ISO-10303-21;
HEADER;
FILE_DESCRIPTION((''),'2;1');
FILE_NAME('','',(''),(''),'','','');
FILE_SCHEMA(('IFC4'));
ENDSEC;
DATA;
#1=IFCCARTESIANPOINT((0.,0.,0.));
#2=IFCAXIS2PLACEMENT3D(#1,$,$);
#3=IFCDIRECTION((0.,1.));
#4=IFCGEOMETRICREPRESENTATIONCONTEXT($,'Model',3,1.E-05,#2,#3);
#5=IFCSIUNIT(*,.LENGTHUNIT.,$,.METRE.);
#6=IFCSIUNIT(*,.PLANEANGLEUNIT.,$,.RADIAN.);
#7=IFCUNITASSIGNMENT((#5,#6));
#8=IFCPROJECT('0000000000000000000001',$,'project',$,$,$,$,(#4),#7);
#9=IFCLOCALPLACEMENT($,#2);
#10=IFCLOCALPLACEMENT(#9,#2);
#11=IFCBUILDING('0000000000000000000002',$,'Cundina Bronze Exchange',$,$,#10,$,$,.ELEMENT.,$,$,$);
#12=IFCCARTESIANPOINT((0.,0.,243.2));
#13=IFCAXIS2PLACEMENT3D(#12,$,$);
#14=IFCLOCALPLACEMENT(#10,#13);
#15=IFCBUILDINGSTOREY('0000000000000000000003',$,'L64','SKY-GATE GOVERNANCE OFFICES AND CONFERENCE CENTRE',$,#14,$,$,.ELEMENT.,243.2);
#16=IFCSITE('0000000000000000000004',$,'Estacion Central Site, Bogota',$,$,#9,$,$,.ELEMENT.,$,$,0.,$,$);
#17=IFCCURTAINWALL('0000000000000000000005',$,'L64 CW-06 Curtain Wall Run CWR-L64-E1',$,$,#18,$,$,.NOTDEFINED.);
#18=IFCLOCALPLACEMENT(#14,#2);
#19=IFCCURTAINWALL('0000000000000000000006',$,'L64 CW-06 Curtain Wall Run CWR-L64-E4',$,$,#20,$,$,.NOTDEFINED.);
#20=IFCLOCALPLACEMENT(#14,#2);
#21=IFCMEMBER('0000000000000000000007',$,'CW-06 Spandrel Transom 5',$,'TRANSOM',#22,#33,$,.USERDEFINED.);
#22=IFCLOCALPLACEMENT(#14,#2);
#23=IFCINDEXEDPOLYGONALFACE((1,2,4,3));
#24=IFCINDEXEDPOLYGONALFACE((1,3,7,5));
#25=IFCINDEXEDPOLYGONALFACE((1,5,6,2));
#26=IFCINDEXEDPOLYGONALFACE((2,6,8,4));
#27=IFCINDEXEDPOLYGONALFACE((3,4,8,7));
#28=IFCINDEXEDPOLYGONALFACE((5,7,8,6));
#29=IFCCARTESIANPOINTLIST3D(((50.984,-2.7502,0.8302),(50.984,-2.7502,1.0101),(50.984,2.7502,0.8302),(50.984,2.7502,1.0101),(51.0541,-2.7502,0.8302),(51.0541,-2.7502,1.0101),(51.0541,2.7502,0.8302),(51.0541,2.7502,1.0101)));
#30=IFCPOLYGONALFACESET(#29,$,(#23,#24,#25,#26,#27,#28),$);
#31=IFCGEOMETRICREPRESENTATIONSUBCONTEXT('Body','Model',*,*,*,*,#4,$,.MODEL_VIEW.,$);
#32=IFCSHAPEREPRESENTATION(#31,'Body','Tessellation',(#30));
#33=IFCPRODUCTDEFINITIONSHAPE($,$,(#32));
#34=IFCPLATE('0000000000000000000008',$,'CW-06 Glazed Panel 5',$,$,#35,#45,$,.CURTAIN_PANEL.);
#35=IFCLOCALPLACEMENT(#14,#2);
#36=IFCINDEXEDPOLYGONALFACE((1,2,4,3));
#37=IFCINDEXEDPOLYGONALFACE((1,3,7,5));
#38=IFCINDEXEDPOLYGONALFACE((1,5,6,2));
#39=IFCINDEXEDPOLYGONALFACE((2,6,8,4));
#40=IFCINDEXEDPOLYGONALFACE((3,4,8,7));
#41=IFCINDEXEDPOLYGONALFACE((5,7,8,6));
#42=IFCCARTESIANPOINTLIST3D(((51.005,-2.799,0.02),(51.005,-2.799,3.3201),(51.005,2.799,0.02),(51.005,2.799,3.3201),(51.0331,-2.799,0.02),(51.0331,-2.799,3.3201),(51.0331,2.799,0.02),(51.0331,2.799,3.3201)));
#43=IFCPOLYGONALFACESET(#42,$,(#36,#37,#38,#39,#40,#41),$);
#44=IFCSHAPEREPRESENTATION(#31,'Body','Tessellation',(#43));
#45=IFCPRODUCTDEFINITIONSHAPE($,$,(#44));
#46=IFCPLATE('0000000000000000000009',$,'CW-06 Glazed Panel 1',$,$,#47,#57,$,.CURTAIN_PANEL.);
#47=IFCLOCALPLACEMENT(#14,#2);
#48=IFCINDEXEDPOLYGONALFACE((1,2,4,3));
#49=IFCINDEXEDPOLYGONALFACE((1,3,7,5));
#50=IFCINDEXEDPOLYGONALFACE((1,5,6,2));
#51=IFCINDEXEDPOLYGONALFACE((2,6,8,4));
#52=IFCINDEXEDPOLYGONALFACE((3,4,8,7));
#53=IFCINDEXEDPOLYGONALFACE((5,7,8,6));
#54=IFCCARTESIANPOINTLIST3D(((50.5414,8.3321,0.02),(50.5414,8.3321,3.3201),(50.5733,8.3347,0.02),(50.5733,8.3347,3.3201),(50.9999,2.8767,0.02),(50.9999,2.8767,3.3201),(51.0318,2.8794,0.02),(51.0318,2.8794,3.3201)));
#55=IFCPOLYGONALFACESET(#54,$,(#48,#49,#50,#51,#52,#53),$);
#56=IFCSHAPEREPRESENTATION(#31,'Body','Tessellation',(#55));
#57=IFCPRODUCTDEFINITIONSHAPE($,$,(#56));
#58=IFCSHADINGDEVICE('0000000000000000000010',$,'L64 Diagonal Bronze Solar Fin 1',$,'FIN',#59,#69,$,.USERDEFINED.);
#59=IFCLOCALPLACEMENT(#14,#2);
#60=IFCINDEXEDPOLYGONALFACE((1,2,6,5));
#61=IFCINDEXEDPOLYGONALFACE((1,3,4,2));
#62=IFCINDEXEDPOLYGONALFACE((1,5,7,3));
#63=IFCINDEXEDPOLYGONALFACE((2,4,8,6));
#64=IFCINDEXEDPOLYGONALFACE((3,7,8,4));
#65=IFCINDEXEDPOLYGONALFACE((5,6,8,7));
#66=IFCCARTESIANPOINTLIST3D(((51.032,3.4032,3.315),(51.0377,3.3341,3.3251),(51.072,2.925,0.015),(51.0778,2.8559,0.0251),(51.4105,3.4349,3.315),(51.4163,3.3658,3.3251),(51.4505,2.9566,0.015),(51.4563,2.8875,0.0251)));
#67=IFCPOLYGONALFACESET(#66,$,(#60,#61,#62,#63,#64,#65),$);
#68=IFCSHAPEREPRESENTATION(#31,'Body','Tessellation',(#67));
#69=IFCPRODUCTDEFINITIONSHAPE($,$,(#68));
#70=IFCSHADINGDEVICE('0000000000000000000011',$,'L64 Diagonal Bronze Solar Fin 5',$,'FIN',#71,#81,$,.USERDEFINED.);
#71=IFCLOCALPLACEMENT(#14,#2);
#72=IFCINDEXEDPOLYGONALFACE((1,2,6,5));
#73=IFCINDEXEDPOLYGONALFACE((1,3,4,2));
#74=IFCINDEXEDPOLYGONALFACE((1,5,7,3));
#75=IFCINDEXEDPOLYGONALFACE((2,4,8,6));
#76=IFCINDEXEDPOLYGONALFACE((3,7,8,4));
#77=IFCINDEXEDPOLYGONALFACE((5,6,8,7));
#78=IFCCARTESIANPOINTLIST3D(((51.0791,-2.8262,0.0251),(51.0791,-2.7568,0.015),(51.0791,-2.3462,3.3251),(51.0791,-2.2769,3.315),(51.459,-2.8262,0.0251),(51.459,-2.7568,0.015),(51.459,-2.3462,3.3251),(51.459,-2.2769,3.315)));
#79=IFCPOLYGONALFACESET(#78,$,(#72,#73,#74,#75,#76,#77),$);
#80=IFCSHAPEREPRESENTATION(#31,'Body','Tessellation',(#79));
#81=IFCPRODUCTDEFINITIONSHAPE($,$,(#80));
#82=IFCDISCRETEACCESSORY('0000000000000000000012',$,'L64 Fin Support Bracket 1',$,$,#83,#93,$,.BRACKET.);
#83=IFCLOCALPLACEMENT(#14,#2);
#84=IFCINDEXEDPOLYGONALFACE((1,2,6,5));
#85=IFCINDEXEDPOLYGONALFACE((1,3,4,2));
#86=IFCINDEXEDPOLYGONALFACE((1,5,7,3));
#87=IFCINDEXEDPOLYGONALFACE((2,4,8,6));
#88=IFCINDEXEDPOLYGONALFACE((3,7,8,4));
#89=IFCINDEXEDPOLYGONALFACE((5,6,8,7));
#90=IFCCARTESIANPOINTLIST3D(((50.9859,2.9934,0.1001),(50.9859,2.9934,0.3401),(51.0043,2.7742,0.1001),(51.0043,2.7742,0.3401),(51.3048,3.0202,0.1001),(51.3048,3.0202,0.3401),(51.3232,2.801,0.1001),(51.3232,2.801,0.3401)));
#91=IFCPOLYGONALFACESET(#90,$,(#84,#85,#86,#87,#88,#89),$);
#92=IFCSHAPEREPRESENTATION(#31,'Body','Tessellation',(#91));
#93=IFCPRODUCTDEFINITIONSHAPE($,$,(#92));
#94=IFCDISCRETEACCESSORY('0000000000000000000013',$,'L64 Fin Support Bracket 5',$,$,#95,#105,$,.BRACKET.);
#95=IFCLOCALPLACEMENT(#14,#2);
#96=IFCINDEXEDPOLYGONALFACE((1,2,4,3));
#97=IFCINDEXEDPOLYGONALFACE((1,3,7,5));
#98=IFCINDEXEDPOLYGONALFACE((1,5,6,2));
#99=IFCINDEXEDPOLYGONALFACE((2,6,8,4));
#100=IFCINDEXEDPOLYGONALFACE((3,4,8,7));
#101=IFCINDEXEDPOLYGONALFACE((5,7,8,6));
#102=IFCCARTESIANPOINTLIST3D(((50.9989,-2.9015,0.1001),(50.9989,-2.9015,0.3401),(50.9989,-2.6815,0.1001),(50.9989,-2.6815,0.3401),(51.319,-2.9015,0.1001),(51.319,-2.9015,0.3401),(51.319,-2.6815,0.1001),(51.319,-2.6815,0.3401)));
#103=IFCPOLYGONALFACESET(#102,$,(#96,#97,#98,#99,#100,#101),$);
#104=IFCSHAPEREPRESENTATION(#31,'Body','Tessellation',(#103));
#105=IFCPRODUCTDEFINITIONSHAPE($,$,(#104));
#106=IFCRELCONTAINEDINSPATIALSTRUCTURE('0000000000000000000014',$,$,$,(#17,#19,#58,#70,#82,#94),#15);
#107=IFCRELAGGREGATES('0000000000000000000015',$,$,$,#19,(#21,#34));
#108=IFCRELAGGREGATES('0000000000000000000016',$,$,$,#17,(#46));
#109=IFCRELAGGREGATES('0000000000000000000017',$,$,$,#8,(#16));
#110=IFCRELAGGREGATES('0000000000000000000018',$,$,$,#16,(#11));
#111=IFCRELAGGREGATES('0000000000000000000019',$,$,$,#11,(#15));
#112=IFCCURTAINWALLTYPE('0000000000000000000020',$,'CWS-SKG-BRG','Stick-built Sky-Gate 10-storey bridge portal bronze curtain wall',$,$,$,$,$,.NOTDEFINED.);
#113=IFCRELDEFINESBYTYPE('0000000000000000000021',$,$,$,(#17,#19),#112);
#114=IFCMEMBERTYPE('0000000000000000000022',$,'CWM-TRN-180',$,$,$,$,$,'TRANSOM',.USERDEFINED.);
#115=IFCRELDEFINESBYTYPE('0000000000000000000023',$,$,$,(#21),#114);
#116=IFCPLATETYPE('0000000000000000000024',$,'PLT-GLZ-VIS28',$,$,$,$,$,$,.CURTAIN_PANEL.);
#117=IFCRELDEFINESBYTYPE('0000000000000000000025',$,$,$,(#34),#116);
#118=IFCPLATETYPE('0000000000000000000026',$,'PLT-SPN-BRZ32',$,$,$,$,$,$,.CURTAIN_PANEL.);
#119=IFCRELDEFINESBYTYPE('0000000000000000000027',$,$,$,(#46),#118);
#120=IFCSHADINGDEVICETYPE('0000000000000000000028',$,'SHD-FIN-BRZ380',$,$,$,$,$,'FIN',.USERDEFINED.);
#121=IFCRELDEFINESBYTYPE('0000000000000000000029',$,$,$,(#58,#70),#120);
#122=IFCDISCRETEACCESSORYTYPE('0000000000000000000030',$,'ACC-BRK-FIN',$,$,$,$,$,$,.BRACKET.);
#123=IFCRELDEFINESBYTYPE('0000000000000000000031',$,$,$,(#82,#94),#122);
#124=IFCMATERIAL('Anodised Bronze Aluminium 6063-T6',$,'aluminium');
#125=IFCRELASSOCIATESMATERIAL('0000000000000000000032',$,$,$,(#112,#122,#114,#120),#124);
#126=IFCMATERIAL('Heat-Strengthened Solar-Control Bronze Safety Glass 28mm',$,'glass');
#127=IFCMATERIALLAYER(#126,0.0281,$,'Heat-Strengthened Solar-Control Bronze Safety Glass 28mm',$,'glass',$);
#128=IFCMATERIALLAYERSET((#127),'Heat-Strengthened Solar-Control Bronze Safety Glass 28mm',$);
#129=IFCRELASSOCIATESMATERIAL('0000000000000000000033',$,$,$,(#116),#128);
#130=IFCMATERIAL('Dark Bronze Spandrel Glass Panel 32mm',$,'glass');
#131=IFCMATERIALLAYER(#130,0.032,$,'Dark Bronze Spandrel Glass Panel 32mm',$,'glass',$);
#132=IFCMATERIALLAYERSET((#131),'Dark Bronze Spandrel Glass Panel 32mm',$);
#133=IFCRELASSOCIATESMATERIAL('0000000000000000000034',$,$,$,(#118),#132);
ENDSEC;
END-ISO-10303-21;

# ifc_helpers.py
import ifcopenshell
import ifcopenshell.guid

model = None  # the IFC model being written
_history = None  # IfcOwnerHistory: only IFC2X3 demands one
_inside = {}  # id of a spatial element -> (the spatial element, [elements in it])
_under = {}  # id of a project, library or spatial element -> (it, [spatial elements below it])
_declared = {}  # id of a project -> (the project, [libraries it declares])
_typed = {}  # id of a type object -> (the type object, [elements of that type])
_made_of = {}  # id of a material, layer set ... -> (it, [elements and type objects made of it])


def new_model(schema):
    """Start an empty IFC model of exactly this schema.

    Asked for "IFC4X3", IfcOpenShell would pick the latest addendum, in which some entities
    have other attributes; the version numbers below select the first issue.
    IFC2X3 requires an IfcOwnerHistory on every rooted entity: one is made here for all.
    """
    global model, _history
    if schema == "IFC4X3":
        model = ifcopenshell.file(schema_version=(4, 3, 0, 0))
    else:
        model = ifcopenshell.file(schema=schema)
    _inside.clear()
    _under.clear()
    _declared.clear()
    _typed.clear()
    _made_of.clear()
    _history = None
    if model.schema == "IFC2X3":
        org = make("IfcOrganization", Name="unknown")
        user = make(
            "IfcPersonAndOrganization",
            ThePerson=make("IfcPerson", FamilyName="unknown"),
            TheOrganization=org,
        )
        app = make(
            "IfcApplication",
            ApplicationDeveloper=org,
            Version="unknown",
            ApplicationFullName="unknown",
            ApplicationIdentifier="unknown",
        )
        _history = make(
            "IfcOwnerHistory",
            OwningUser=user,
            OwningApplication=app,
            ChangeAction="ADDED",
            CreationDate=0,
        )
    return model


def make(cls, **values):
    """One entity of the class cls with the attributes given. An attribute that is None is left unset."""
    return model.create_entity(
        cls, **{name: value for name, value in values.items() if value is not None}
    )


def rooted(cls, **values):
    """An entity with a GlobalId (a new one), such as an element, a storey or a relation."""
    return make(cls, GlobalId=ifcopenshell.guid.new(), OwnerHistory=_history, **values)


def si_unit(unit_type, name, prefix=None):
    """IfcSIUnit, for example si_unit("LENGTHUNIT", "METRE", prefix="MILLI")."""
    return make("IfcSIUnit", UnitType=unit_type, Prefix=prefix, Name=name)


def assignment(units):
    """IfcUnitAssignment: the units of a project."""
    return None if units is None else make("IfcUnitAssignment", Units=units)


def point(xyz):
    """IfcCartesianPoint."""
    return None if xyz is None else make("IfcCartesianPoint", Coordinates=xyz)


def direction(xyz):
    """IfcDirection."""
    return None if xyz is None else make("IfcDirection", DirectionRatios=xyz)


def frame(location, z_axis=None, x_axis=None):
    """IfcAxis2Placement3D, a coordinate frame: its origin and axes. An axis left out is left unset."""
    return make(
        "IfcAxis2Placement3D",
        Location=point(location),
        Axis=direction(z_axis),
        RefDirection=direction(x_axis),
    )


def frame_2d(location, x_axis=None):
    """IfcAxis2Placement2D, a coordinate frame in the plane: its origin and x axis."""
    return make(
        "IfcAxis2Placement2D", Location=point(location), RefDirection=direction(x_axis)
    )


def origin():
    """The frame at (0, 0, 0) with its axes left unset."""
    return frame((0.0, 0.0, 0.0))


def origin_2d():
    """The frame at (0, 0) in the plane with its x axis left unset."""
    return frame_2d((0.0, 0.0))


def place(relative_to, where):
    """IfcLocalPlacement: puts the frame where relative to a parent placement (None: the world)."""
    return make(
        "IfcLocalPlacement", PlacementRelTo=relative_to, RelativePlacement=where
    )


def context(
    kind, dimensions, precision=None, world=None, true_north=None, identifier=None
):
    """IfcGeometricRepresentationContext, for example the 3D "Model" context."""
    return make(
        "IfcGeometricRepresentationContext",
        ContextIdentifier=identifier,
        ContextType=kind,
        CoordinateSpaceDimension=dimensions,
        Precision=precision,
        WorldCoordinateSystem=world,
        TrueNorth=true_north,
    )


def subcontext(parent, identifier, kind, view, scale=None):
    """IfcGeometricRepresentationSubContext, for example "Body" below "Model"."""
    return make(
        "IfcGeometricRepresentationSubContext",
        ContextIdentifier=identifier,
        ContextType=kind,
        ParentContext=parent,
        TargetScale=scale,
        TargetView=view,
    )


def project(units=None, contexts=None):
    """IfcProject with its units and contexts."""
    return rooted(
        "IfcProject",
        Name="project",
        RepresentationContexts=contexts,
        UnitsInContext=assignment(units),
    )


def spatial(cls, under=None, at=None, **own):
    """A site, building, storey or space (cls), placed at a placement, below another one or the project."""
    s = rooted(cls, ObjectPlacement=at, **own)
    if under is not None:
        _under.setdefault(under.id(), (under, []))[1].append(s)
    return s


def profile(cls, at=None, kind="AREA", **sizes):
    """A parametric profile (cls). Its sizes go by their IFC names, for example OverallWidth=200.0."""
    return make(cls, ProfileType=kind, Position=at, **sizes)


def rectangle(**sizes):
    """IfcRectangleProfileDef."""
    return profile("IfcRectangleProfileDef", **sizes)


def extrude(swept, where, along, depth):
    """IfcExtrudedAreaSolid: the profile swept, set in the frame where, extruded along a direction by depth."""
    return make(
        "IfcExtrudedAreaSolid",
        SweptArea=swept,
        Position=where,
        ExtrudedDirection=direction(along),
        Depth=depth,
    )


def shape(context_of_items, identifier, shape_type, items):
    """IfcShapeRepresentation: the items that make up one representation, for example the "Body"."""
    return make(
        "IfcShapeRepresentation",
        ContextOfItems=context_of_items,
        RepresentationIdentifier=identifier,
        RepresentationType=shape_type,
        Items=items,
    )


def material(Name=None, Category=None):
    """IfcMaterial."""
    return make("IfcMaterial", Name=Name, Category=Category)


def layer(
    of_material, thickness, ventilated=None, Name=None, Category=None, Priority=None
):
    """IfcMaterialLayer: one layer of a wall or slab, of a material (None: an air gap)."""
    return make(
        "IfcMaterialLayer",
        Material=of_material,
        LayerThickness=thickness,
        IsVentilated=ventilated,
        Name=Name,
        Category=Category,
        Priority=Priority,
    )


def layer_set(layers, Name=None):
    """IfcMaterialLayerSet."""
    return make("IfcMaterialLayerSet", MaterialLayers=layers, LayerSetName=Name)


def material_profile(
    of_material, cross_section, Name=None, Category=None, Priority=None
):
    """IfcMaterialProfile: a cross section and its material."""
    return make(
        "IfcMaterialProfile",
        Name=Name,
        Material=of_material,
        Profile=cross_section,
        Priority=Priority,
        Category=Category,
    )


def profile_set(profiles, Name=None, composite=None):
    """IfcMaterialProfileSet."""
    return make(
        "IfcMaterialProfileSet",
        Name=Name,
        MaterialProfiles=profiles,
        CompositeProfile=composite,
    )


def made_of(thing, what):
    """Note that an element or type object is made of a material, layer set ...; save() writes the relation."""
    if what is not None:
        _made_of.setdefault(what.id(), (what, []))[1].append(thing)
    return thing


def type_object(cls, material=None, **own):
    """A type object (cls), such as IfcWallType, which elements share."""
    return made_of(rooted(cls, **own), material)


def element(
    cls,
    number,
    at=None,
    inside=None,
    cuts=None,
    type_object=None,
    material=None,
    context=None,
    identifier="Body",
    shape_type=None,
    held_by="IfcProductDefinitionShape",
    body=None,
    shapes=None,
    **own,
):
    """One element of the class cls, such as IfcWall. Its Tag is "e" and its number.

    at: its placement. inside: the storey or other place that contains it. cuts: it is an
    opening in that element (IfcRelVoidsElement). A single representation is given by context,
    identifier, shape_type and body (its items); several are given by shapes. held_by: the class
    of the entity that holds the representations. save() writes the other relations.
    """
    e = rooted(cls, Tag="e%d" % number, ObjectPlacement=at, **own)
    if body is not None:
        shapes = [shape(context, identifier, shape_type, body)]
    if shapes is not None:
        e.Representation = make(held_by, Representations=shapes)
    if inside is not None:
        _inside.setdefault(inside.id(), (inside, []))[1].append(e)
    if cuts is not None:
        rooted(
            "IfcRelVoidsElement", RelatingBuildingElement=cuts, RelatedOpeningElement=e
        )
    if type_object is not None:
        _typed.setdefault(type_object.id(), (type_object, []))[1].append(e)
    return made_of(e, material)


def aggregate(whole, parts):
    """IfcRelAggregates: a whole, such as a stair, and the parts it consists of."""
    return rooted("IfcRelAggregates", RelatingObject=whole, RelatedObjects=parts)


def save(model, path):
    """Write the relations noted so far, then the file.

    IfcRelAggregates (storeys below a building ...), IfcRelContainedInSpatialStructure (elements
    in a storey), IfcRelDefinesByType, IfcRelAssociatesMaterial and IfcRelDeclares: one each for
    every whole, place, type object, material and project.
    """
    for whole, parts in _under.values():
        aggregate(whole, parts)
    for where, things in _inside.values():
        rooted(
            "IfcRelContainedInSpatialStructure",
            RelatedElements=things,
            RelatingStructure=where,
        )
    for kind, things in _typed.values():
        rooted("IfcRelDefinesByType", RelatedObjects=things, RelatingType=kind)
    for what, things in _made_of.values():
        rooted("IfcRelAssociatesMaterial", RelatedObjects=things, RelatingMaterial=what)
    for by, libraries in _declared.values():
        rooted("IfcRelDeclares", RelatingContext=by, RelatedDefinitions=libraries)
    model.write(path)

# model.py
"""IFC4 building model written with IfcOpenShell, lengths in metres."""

from ifc_helpers import new_model, si_unit, direction, frame, origin, origin_2d, place, context, subcontext, project, spatial, rectangle, extrude, material, layer, layer_set, material_profile, profile_set, type_object, element, aggregate, save


model = new_model("IFC4")

# Units and contexts
model_context = context("Model", 3, precision=1e-05, world=origin(), true_north=direction((0.0, 1.0)))
body_context = subcontext(model_context, "Body", "Model", "MODEL_VIEW")
ifc_project = project(units=[si_unit("LENGTHUNIT", "METRE"), si_unit("PLANEANGLEUNIT", "RADIAN")], contexts=[model_context])

# Site, building, storey
site_placement = place(None, origin())
site = spatial("IfcSite", under=ifc_project, at=site_placement, Name="Estacion Central Site, Bogota", CompositionType="ELEMENT", RefElevation=0.0)
building_placement = place(site_placement, origin())
building = spatial("IfcBuilding", under=site, at=building_placement, Name="Cundina Bronze Exchange", CompositionType="ELEMENT")
storey_placement = place(building_placement, frame((0.0, 0.0, 243.2)))
storey = spatial("IfcBuildingStorey", under=building, at=storey_placement, Name="L64", Description="SKY-GATE GOVERNANCE OFFICES AND CONFERENCE CENTRE", CompositionType="ELEMENT", Elevation=243.2)

# Curtain walls
ifc_material_1 = material(Name="Anodised Bronze Aluminium 6063-T6", Category="aluminium")
curtain_wall_type = type_object("IfcCurtainWallType", Name="CWS-SKG-BRG", Description="Stick-built Sky-Gate 10-storey bridge portal bronze curtain wall", PredefinedType="NOTDEFINED", material=ifc_material_1)
curtain_wall_1_placement = place(storey_placement, origin())
curtain_wall_1 = element("IfcCurtainWall", 1, at=curtain_wall_1_placement, inside=storey, type_object=curtain_wall_type, Name="L64 CW-06 Curtain Wall Run CWR-L64-E1", PredefinedType="NOTDEFINED")
curtain_wall_2_placement = place(storey_placement, origin())
curtain_wall_2 = element("IfcCurtainWall", 2, at=curtain_wall_2_placement, inside=storey, type_object=curtain_wall_type, Name="L64 CW-06 Curtain Wall Run CWR-L64-E4", PredefinedType="NOTDEFINED")

# Member
ifc_material_profile_1 = material_profile(ifc_material_1, rectangle(XDim=0.0701, YDim=0.1799, at=origin_2d()), Name="AL70X180", Category="aluminium")
ifc_profile_set_1 = profile_set([ifc_material_profile_1], Name="Anodised Bronze Aluminium 6063-T6")
member_type_1 = type_object("IfcMemberType", Name="CWM-TRN-180", ElementType="TRANSOM", PredefinedType="USERDEFINED", material=ifc_profile_set_1)
member_1_placement = place(storey_placement, frame((51.019, -2.7502, 0.9202), z_axis=(0.0, 1.0, 0.0), x_axis=(-1.0, 0.0, 0.0)))
member_1 = element("IfcMember", 3, at=member_1_placement, type_object=member_type_1, Name="CW-06 Spandrel Transom 5", ObjectType="TRANSOM", PredefinedType="USERDEFINED", context=body_context, shape_type="SweptSolid", body=[
    extrude(rectangle(XDim=0.0701, YDim=0.1799, at=origin_2d()), origin(), (0.0, 0.0, 1.0), 5.5005),
])

# Plates
ifc_material_2 = material(Name="Heat-Strengthened Solar-Control Bronze Safety Glass 28mm", Category="glass")
ifc_layer_1 = layer(ifc_material_2, 0.0281, Name="Heat-Strengthened Solar-Control Bronze Safety Glass 28mm", Category="glass")
ifc_layer_set_1 = layer_set([ifc_layer_1], Name="Heat-Strengthened Solar-Control Bronze Safety Glass 28mm")
plate_type_1 = type_object("IfcPlateType", Name="PLT-GLZ-VIS28", PredefinedType="CURTAIN_PANEL", material=ifc_layer_set_1)
plate_1_placement = place(storey_placement, frame((51.019, 0.0, 0.02), z_axis=(0.0, 0.0, 1.0), x_axis=(0.0, 1.0, 0.0)))
plate_1 = element("IfcPlate", 4, at=plate_1_placement, type_object=plate_type_1, Name="CW-06 Glazed Panel 5", PredefinedType="CURTAIN_PANEL", context=body_context, shape_type="SweptSolid", body=[
    extrude(rectangle(XDim=5.5979, YDim=0.0281, at=origin_2d()), origin(), (0.0, 0.0, 1.0), 3.3),
])
aggregate(curtain_wall_2, [member_1, plate_1])
ifc_material_3 = material(Name="Dark Bronze Spandrel Glass Panel 32mm", Category="glass")
ifc_layer_2 = layer(ifc_material_3, 0.032, Name="Dark Bronze Spandrel Glass Panel 32mm", Category="glass")
ifc_layer_set_2 = layer_set([ifc_layer_2], Name="Dark Bronze Spandrel Glass Panel 32mm")
plate_type_2 = type_object("IfcPlateType", Name="PLT-SPN-BRZ32", PredefinedType="CURTAIN_PANEL", material=ifc_layer_set_2)
plate_2_placement = place(storey_placement, frame((50.7866, 5.6057, 0.02), z_axis=(0.0, 0.0, 1.0), x_axis=(-0.083747, 0.996487, 0.0)))
plate_2 = element("IfcPlate", 5, at=plate_2_placement, type_object=plate_type_2, Name="CW-06 Glazed Panel 1", PredefinedType="CURTAIN_PANEL", context=body_context, shape_type="SweptSolid", body=[
    extrude(rectangle(XDim=5.4746, YDim=0.032, at=origin_2d()), origin(), (0.0, 0.0, 1.0), 3.3),
])
aggregate(curtain_wall_1, [plate_2])

# Shading devices
ifc_material_profile_2 = material_profile(ifc_material_1, rectangle(XDim=0.0701, YDim=0.3799, at=origin_2d()), Name="FIN70X380", Category="aluminium")
ifc_profile_set_2 = profile_set([ifc_material_profile_2], Name="Anodised Bronze Aluminium 6063-T6")
shading_device_type = type_object("IfcShadingDeviceType", Name="SHD-FIN-BRZ380", ElementType="FIN", PredefinedType="USERDEFINED", material=ifc_profile_set_2)
for number, where, z_axis, x_axis, name in (
    (6, (51.2642, 2.9062, 0.02), (-0.012007, 0.14342, 0.989589), (0.082556, -0.98614, 0.143921), "L64 Diagonal Bronze Solar Fin 1"),
    (7, (51.269, -2.7915, 0.02), (0.0, 0.143932, 0.989588), (0.0, -0.989588, 0.143932), "L64 Diagonal Bronze Solar Fin 5"),
):
    element("IfcShadingDevice", number, at=place(storey_placement, frame(where, z_axis=z_axis, x_axis=x_axis)), inside=storey, type_object=shading_device_type, Name=name, ObjectType="FIN", PredefinedType="USERDEFINED", context=body_context, shape_type="SweptSolid", body=[
        extrude(rectangle(XDim=0.0701, YDim=0.3799, at=origin_2d()), origin(), (0.0, 0.0, 1.0), 3.3347),
    ])

# Discrete accessories
discrete_accessory_type = type_object("IfcDiscreteAccessoryType", Name="ACC-BRK-FIN", PredefinedType="BRACKET", material=ifc_material_1)
for number, where, z_axis, x_axis, name in (
    (8, (51.1545, 2.8972, 0.1001), (0.0, 0.0, 1.0), (-0.083747, 0.996487, 0.0), "L64 Fin Support Bracket 1"),
    (9, (51.1589, -2.7915, 0.1001), (0.0, 0.0, 1.0), (0.0, 1.0, 0.0), "L64 Fin Support Bracket 5"),
):
    element("IfcDiscreteAccessory", number, at=place(storey_placement, frame(where, z_axis=z_axis, x_axis=x_axis)), inside=storey, type_object=discrete_accessory_type, Name=name, PredefinedType="BRACKET", context=body_context, shape_type="SweptSolid", body=[
        extrude(rectangle(XDim=0.22, YDim=0.3201, at=origin_2d()), origin(), (0.0, 0.0, 1.0), 0.24),
    ])

save(model, "model.ifc")
